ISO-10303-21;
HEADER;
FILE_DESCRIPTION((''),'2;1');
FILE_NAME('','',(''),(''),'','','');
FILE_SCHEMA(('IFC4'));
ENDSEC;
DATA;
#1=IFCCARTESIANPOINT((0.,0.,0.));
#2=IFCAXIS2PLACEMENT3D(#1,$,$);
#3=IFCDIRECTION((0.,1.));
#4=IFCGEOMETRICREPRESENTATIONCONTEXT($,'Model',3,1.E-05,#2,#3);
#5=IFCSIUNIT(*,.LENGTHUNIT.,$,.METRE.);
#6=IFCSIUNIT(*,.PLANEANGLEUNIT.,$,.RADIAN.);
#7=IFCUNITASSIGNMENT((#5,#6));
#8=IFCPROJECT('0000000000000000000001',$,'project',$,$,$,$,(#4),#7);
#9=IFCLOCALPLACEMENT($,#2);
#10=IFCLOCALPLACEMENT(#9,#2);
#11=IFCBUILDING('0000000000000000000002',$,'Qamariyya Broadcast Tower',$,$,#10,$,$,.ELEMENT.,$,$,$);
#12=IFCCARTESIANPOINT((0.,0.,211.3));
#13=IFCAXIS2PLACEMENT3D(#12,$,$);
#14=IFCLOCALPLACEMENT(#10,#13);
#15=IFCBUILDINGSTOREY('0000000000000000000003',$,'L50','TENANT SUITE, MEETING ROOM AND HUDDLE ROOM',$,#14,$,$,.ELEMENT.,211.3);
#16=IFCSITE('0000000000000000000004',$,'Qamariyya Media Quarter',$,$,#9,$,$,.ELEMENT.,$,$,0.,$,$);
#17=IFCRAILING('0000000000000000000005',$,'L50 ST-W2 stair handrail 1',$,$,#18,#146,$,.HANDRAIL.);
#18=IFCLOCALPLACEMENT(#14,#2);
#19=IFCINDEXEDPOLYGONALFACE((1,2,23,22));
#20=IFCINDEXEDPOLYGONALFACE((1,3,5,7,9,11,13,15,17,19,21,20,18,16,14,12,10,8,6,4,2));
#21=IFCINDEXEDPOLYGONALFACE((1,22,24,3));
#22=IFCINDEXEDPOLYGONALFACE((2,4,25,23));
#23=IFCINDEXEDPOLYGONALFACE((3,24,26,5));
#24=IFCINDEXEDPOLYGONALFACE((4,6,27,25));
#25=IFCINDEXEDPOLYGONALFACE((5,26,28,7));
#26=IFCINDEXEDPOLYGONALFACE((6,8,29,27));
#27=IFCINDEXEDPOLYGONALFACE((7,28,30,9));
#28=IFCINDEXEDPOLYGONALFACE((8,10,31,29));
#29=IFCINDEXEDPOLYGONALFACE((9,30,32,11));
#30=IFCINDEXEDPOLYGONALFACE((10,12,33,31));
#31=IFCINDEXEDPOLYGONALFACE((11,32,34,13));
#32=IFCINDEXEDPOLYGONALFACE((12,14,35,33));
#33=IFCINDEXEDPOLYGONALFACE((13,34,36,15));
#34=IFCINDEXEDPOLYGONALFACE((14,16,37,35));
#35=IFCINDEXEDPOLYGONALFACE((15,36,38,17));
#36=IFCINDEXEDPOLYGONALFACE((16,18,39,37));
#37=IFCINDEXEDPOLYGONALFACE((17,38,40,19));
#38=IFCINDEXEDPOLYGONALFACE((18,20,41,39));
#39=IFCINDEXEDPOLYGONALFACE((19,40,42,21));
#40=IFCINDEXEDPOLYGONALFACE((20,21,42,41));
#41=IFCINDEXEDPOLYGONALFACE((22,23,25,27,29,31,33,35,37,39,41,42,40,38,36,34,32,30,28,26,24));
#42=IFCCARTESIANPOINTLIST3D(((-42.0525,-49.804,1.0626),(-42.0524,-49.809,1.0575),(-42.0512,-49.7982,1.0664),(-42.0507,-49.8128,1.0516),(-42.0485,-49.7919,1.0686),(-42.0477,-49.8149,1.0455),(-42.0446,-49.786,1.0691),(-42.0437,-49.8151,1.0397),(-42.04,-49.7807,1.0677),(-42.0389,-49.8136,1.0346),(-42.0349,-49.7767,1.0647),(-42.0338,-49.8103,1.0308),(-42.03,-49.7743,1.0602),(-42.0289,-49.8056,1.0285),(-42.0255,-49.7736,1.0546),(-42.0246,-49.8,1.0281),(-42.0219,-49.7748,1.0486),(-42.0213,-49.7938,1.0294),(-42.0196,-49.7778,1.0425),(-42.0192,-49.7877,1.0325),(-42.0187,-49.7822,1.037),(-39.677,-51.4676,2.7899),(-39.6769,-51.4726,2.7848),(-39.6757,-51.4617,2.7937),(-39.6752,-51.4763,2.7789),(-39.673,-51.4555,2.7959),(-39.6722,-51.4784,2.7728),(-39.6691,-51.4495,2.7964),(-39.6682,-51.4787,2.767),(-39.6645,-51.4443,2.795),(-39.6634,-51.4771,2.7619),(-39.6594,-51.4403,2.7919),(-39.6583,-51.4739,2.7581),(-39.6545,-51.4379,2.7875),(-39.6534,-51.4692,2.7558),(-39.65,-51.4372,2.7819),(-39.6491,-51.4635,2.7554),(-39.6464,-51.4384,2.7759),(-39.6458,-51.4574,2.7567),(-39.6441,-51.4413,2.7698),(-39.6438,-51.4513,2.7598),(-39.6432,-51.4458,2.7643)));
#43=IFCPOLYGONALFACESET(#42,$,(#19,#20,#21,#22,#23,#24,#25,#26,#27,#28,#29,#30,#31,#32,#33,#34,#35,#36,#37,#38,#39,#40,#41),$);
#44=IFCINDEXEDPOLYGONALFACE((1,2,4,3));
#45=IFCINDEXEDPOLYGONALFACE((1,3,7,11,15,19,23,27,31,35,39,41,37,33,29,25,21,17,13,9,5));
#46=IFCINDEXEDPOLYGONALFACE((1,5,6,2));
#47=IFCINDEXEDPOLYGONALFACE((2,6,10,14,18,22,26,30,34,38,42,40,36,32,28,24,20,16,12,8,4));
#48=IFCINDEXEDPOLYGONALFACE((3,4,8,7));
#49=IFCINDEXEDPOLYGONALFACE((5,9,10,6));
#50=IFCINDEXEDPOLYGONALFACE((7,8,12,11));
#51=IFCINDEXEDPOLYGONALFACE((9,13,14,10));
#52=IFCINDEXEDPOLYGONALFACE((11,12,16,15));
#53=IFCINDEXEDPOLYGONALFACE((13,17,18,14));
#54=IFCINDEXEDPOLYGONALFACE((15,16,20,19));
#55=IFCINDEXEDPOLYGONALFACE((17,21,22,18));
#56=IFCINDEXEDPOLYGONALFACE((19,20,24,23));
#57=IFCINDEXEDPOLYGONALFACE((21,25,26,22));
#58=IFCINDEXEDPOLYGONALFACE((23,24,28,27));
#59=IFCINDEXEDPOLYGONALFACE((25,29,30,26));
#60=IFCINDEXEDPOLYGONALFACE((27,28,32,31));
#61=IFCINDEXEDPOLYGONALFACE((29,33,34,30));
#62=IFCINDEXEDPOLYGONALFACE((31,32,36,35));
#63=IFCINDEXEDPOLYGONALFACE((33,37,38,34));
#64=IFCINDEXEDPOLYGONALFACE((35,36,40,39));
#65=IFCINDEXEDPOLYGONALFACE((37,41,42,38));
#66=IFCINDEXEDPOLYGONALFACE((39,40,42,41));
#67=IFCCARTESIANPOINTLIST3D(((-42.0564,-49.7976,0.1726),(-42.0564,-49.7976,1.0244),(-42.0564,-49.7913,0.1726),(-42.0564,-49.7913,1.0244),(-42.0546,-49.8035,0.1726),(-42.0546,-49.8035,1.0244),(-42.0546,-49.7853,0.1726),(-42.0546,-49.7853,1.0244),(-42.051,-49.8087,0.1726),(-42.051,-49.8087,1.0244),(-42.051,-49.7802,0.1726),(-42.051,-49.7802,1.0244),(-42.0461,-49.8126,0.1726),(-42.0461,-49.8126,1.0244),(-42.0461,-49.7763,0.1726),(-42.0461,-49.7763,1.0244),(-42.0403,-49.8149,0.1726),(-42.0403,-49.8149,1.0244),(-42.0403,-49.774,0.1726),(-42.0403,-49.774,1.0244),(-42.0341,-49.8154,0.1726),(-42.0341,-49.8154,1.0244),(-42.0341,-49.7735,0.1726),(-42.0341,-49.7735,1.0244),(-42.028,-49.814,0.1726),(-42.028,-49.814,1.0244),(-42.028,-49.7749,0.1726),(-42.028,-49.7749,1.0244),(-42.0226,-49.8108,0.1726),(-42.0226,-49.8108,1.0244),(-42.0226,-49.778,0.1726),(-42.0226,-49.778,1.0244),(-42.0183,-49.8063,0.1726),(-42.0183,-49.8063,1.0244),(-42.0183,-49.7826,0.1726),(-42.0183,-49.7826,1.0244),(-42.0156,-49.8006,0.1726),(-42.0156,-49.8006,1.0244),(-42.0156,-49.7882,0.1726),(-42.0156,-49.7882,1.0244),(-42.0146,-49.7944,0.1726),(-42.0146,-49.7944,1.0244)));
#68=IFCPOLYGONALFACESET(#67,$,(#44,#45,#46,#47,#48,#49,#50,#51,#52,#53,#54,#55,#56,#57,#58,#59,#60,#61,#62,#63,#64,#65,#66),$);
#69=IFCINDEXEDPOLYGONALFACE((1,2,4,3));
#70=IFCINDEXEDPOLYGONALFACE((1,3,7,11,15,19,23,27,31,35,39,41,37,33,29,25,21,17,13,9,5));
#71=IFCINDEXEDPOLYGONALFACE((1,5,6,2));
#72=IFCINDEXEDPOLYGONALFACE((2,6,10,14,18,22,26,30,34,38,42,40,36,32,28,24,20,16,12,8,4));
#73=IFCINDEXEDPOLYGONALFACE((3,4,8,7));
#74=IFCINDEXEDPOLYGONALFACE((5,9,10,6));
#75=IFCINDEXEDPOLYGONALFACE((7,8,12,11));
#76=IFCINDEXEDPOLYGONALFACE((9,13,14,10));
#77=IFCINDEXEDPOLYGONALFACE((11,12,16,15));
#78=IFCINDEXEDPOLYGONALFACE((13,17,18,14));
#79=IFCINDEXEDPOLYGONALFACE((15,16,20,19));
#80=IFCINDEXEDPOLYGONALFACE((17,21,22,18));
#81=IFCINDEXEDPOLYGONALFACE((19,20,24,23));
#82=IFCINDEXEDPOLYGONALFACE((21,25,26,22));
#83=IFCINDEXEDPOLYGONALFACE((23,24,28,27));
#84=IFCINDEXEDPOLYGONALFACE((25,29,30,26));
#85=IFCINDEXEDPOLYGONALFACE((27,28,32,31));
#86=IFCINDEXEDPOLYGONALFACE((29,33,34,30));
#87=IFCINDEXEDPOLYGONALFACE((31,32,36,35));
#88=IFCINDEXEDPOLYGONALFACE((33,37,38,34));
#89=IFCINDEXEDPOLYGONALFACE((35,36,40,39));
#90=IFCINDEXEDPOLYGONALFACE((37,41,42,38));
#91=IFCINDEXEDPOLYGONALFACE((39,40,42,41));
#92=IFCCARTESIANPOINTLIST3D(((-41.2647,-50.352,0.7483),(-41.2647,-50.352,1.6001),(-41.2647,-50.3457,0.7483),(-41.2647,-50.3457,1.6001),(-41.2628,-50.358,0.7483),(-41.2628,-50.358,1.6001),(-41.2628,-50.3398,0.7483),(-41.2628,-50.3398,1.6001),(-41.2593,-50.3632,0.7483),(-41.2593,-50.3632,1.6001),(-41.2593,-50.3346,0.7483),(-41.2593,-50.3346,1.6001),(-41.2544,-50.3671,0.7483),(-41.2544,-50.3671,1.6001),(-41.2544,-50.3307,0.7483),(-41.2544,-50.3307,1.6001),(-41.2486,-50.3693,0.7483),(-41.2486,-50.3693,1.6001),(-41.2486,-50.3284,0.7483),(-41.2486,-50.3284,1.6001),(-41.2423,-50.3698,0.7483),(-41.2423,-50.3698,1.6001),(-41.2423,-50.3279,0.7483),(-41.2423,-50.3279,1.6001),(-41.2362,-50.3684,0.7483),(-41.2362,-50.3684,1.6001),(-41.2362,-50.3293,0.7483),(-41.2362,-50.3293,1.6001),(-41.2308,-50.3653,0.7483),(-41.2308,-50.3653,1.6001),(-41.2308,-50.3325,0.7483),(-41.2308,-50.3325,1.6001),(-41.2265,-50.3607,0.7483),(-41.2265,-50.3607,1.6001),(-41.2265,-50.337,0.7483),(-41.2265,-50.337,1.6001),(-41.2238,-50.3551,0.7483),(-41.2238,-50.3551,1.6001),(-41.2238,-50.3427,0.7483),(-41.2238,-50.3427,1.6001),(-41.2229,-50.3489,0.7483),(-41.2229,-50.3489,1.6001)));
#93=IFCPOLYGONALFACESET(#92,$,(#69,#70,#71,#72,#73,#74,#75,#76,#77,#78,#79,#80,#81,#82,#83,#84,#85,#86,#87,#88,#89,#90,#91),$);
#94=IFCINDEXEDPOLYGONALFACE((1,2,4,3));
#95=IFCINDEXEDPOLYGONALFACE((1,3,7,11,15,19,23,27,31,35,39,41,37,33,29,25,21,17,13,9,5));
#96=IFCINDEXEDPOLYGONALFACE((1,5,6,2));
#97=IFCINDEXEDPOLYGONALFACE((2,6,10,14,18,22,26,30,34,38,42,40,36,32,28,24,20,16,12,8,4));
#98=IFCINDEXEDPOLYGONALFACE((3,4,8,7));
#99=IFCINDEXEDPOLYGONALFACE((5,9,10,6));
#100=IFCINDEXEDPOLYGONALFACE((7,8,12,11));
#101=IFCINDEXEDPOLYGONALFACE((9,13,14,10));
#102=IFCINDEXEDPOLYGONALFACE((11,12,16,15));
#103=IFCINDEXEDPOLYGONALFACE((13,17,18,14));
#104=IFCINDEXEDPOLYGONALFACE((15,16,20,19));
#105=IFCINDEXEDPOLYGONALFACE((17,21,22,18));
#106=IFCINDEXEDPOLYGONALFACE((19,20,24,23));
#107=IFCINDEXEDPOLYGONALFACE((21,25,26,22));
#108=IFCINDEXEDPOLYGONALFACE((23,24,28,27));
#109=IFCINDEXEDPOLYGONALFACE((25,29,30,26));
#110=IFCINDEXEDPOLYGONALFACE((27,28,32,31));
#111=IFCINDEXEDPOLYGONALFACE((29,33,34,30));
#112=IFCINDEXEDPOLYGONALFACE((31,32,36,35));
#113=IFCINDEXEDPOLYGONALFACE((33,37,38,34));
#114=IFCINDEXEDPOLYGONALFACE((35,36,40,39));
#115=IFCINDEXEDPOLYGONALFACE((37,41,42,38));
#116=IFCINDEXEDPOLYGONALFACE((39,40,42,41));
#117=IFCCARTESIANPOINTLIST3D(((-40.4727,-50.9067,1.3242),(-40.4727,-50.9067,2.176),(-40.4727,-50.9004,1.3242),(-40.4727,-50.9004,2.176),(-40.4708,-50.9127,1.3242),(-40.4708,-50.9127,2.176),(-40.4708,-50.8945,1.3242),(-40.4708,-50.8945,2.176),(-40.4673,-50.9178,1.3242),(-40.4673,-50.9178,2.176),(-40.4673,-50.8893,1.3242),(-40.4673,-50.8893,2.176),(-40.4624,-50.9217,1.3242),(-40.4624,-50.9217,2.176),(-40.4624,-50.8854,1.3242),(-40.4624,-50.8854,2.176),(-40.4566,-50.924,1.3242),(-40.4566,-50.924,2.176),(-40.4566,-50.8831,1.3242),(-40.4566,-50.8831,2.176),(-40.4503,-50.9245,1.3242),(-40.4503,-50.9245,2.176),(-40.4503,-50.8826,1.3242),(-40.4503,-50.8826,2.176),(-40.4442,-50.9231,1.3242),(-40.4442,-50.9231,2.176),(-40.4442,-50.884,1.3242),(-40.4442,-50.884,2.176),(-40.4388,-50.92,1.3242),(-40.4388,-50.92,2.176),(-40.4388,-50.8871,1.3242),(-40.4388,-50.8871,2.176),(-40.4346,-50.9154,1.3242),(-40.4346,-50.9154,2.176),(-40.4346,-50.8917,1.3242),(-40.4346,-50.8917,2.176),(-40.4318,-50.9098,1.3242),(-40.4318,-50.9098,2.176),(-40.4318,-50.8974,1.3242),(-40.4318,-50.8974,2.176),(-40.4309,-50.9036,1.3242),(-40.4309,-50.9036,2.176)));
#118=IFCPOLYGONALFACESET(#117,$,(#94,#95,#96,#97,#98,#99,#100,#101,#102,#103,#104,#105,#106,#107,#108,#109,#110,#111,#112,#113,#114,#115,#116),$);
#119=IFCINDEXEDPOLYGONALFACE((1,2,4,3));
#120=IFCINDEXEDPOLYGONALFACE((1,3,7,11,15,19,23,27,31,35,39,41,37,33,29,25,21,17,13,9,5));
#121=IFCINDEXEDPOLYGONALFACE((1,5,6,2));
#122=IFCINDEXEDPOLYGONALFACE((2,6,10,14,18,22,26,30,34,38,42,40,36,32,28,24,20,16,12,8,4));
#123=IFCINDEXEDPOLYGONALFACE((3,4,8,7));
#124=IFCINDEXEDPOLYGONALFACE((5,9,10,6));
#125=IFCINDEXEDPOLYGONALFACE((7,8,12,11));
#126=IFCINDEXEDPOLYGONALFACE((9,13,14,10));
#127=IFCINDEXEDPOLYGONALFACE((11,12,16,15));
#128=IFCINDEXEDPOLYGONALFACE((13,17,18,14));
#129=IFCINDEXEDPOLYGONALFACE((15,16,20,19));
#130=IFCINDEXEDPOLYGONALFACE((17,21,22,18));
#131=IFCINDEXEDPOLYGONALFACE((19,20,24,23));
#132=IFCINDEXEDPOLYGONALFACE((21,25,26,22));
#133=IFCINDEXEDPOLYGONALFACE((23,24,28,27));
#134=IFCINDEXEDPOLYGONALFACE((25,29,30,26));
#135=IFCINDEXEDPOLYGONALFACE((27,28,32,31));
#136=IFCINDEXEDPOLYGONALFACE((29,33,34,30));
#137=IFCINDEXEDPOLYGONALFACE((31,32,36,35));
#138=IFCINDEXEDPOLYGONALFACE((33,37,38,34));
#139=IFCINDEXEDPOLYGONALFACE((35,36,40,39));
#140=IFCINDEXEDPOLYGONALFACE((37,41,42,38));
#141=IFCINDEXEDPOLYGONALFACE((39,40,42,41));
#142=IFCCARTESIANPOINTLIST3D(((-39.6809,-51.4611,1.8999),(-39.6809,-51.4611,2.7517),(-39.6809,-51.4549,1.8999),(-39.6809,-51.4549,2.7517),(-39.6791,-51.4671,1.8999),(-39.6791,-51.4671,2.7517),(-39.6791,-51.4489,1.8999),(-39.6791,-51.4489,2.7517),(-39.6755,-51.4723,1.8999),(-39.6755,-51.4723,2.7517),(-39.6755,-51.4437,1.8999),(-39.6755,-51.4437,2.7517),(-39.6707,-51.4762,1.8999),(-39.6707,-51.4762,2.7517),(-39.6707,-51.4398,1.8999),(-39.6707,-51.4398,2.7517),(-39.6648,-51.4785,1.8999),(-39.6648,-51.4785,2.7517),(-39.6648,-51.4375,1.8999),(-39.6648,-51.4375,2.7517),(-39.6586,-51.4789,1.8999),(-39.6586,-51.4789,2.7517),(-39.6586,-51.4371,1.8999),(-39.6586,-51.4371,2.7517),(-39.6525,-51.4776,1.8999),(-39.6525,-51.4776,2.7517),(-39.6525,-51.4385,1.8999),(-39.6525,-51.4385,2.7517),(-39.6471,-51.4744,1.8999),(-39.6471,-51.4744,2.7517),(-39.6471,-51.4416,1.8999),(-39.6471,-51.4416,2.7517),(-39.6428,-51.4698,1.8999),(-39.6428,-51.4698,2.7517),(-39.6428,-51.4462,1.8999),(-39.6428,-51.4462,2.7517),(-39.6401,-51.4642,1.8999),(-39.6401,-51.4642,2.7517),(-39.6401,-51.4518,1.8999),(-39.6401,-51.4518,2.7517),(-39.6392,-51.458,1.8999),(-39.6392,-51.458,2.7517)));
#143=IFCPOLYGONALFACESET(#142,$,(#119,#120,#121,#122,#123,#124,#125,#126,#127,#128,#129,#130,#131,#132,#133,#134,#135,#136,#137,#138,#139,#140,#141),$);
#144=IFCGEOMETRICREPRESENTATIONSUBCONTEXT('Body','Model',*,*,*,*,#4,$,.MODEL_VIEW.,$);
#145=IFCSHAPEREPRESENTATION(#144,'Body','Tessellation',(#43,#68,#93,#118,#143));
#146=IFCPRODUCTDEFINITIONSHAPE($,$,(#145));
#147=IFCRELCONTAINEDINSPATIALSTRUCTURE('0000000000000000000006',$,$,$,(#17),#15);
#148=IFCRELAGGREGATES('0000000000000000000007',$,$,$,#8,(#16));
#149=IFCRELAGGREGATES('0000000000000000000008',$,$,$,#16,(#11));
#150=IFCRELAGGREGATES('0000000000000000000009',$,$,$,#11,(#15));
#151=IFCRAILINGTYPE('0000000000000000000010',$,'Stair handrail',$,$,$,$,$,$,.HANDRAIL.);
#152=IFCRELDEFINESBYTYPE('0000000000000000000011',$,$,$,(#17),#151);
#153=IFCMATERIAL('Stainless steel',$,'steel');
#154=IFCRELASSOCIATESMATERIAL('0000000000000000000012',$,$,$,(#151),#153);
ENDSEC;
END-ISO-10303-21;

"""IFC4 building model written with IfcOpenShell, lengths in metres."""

from ifc_helpers import new_model, si_unit, direction, frame, origin, origin_2d, place, context, subcontext, project, spatial, circle, extrude, material, type_object, element, save


model = new_model("IFC4")

# Units and contexts
model_context = context("Model", 3, precision=1e-05, world=origin(), true_north=direction((0.0, 1.0)))
body_context = subcontext(model_context, "Body", "Model", "MODEL_VIEW")
ifc_project = project(units=[si_unit("LENGTHUNIT", "METRE"), si_unit("PLANEANGLEUNIT", "RADIAN")], contexts=[model_context])

# Site, building, storey
site_placement = place(None, origin())
site = spatial("IfcSite", under=ifc_project, at=site_placement, Name="Qamariyya Media Quarter", CompositionType="ELEMENT", RefElevation=0.0)
building_placement = place(site_placement, origin())
building = spatial("IfcBuilding", under=site, at=building_placement, Name="Qamariyya Broadcast Tower", CompositionType="ELEMENT")
storey_placement = place(building_placement, frame((0.0, 0.0, 211.3)))
storey = spatial("IfcBuildingStorey", under=building, at=storey_placement, Name="L50", Description="TENANT SUITE, MEETING ROOM AND HUDDLE ROOM", CompositionType="ELEMENT", Elevation=211.3)

# Railing
ifc_material_1 = material(Name="Stainless steel", Category="steel")
railing_type_1 = type_object("IfcRailingType", Name="Stair handrail", PredefinedType="HANDRAIL", material=ifc_material_1)
railing_1_placement = place(storey_placement, frame((-42.0356, -49.7944, 0.1726)))
element("IfcRailing", 1, at=railing_1_placement, inside=storey, type_object=railing_type_1, Name="L50 ST-W2 stair handrail 1", PredefinedType="HANDRAIL", context=body_context, shape_type="SweptSolid", body=[
    extrude(circle(Radius=0.0239, at=origin_2d()), frame((0.0, 0.0, 0.876), z_axis=(0.703745, -0.492838, 0.511716), x_axis=(0.573632, 0.819113, 0.0)), (0.0, 0.0, 1.0), 3.3755),
    extrude(circle(Radius=0.021, at=origin_2d()), origin(), (0.0, 0.0, 1.0), 0.8518),
    extrude(circle(Radius=0.021, at=origin_2d()), frame((0.7917, -0.5544, 0.5757)), (0.0, 0.0, 1.0), 0.8518),
    extrude(circle(Radius=0.021, at=origin_2d()), frame((1.5837, -1.1091, 1.1516)), (0.0, 0.0, 1.0), 0.8518),
    extrude(circle(Radius=0.021, at=origin_2d()), frame((2.3755, -1.6636, 1.7273)), (0.0, 0.0, 1.0), 0.8518),
])

save(model, "model.ifc")
